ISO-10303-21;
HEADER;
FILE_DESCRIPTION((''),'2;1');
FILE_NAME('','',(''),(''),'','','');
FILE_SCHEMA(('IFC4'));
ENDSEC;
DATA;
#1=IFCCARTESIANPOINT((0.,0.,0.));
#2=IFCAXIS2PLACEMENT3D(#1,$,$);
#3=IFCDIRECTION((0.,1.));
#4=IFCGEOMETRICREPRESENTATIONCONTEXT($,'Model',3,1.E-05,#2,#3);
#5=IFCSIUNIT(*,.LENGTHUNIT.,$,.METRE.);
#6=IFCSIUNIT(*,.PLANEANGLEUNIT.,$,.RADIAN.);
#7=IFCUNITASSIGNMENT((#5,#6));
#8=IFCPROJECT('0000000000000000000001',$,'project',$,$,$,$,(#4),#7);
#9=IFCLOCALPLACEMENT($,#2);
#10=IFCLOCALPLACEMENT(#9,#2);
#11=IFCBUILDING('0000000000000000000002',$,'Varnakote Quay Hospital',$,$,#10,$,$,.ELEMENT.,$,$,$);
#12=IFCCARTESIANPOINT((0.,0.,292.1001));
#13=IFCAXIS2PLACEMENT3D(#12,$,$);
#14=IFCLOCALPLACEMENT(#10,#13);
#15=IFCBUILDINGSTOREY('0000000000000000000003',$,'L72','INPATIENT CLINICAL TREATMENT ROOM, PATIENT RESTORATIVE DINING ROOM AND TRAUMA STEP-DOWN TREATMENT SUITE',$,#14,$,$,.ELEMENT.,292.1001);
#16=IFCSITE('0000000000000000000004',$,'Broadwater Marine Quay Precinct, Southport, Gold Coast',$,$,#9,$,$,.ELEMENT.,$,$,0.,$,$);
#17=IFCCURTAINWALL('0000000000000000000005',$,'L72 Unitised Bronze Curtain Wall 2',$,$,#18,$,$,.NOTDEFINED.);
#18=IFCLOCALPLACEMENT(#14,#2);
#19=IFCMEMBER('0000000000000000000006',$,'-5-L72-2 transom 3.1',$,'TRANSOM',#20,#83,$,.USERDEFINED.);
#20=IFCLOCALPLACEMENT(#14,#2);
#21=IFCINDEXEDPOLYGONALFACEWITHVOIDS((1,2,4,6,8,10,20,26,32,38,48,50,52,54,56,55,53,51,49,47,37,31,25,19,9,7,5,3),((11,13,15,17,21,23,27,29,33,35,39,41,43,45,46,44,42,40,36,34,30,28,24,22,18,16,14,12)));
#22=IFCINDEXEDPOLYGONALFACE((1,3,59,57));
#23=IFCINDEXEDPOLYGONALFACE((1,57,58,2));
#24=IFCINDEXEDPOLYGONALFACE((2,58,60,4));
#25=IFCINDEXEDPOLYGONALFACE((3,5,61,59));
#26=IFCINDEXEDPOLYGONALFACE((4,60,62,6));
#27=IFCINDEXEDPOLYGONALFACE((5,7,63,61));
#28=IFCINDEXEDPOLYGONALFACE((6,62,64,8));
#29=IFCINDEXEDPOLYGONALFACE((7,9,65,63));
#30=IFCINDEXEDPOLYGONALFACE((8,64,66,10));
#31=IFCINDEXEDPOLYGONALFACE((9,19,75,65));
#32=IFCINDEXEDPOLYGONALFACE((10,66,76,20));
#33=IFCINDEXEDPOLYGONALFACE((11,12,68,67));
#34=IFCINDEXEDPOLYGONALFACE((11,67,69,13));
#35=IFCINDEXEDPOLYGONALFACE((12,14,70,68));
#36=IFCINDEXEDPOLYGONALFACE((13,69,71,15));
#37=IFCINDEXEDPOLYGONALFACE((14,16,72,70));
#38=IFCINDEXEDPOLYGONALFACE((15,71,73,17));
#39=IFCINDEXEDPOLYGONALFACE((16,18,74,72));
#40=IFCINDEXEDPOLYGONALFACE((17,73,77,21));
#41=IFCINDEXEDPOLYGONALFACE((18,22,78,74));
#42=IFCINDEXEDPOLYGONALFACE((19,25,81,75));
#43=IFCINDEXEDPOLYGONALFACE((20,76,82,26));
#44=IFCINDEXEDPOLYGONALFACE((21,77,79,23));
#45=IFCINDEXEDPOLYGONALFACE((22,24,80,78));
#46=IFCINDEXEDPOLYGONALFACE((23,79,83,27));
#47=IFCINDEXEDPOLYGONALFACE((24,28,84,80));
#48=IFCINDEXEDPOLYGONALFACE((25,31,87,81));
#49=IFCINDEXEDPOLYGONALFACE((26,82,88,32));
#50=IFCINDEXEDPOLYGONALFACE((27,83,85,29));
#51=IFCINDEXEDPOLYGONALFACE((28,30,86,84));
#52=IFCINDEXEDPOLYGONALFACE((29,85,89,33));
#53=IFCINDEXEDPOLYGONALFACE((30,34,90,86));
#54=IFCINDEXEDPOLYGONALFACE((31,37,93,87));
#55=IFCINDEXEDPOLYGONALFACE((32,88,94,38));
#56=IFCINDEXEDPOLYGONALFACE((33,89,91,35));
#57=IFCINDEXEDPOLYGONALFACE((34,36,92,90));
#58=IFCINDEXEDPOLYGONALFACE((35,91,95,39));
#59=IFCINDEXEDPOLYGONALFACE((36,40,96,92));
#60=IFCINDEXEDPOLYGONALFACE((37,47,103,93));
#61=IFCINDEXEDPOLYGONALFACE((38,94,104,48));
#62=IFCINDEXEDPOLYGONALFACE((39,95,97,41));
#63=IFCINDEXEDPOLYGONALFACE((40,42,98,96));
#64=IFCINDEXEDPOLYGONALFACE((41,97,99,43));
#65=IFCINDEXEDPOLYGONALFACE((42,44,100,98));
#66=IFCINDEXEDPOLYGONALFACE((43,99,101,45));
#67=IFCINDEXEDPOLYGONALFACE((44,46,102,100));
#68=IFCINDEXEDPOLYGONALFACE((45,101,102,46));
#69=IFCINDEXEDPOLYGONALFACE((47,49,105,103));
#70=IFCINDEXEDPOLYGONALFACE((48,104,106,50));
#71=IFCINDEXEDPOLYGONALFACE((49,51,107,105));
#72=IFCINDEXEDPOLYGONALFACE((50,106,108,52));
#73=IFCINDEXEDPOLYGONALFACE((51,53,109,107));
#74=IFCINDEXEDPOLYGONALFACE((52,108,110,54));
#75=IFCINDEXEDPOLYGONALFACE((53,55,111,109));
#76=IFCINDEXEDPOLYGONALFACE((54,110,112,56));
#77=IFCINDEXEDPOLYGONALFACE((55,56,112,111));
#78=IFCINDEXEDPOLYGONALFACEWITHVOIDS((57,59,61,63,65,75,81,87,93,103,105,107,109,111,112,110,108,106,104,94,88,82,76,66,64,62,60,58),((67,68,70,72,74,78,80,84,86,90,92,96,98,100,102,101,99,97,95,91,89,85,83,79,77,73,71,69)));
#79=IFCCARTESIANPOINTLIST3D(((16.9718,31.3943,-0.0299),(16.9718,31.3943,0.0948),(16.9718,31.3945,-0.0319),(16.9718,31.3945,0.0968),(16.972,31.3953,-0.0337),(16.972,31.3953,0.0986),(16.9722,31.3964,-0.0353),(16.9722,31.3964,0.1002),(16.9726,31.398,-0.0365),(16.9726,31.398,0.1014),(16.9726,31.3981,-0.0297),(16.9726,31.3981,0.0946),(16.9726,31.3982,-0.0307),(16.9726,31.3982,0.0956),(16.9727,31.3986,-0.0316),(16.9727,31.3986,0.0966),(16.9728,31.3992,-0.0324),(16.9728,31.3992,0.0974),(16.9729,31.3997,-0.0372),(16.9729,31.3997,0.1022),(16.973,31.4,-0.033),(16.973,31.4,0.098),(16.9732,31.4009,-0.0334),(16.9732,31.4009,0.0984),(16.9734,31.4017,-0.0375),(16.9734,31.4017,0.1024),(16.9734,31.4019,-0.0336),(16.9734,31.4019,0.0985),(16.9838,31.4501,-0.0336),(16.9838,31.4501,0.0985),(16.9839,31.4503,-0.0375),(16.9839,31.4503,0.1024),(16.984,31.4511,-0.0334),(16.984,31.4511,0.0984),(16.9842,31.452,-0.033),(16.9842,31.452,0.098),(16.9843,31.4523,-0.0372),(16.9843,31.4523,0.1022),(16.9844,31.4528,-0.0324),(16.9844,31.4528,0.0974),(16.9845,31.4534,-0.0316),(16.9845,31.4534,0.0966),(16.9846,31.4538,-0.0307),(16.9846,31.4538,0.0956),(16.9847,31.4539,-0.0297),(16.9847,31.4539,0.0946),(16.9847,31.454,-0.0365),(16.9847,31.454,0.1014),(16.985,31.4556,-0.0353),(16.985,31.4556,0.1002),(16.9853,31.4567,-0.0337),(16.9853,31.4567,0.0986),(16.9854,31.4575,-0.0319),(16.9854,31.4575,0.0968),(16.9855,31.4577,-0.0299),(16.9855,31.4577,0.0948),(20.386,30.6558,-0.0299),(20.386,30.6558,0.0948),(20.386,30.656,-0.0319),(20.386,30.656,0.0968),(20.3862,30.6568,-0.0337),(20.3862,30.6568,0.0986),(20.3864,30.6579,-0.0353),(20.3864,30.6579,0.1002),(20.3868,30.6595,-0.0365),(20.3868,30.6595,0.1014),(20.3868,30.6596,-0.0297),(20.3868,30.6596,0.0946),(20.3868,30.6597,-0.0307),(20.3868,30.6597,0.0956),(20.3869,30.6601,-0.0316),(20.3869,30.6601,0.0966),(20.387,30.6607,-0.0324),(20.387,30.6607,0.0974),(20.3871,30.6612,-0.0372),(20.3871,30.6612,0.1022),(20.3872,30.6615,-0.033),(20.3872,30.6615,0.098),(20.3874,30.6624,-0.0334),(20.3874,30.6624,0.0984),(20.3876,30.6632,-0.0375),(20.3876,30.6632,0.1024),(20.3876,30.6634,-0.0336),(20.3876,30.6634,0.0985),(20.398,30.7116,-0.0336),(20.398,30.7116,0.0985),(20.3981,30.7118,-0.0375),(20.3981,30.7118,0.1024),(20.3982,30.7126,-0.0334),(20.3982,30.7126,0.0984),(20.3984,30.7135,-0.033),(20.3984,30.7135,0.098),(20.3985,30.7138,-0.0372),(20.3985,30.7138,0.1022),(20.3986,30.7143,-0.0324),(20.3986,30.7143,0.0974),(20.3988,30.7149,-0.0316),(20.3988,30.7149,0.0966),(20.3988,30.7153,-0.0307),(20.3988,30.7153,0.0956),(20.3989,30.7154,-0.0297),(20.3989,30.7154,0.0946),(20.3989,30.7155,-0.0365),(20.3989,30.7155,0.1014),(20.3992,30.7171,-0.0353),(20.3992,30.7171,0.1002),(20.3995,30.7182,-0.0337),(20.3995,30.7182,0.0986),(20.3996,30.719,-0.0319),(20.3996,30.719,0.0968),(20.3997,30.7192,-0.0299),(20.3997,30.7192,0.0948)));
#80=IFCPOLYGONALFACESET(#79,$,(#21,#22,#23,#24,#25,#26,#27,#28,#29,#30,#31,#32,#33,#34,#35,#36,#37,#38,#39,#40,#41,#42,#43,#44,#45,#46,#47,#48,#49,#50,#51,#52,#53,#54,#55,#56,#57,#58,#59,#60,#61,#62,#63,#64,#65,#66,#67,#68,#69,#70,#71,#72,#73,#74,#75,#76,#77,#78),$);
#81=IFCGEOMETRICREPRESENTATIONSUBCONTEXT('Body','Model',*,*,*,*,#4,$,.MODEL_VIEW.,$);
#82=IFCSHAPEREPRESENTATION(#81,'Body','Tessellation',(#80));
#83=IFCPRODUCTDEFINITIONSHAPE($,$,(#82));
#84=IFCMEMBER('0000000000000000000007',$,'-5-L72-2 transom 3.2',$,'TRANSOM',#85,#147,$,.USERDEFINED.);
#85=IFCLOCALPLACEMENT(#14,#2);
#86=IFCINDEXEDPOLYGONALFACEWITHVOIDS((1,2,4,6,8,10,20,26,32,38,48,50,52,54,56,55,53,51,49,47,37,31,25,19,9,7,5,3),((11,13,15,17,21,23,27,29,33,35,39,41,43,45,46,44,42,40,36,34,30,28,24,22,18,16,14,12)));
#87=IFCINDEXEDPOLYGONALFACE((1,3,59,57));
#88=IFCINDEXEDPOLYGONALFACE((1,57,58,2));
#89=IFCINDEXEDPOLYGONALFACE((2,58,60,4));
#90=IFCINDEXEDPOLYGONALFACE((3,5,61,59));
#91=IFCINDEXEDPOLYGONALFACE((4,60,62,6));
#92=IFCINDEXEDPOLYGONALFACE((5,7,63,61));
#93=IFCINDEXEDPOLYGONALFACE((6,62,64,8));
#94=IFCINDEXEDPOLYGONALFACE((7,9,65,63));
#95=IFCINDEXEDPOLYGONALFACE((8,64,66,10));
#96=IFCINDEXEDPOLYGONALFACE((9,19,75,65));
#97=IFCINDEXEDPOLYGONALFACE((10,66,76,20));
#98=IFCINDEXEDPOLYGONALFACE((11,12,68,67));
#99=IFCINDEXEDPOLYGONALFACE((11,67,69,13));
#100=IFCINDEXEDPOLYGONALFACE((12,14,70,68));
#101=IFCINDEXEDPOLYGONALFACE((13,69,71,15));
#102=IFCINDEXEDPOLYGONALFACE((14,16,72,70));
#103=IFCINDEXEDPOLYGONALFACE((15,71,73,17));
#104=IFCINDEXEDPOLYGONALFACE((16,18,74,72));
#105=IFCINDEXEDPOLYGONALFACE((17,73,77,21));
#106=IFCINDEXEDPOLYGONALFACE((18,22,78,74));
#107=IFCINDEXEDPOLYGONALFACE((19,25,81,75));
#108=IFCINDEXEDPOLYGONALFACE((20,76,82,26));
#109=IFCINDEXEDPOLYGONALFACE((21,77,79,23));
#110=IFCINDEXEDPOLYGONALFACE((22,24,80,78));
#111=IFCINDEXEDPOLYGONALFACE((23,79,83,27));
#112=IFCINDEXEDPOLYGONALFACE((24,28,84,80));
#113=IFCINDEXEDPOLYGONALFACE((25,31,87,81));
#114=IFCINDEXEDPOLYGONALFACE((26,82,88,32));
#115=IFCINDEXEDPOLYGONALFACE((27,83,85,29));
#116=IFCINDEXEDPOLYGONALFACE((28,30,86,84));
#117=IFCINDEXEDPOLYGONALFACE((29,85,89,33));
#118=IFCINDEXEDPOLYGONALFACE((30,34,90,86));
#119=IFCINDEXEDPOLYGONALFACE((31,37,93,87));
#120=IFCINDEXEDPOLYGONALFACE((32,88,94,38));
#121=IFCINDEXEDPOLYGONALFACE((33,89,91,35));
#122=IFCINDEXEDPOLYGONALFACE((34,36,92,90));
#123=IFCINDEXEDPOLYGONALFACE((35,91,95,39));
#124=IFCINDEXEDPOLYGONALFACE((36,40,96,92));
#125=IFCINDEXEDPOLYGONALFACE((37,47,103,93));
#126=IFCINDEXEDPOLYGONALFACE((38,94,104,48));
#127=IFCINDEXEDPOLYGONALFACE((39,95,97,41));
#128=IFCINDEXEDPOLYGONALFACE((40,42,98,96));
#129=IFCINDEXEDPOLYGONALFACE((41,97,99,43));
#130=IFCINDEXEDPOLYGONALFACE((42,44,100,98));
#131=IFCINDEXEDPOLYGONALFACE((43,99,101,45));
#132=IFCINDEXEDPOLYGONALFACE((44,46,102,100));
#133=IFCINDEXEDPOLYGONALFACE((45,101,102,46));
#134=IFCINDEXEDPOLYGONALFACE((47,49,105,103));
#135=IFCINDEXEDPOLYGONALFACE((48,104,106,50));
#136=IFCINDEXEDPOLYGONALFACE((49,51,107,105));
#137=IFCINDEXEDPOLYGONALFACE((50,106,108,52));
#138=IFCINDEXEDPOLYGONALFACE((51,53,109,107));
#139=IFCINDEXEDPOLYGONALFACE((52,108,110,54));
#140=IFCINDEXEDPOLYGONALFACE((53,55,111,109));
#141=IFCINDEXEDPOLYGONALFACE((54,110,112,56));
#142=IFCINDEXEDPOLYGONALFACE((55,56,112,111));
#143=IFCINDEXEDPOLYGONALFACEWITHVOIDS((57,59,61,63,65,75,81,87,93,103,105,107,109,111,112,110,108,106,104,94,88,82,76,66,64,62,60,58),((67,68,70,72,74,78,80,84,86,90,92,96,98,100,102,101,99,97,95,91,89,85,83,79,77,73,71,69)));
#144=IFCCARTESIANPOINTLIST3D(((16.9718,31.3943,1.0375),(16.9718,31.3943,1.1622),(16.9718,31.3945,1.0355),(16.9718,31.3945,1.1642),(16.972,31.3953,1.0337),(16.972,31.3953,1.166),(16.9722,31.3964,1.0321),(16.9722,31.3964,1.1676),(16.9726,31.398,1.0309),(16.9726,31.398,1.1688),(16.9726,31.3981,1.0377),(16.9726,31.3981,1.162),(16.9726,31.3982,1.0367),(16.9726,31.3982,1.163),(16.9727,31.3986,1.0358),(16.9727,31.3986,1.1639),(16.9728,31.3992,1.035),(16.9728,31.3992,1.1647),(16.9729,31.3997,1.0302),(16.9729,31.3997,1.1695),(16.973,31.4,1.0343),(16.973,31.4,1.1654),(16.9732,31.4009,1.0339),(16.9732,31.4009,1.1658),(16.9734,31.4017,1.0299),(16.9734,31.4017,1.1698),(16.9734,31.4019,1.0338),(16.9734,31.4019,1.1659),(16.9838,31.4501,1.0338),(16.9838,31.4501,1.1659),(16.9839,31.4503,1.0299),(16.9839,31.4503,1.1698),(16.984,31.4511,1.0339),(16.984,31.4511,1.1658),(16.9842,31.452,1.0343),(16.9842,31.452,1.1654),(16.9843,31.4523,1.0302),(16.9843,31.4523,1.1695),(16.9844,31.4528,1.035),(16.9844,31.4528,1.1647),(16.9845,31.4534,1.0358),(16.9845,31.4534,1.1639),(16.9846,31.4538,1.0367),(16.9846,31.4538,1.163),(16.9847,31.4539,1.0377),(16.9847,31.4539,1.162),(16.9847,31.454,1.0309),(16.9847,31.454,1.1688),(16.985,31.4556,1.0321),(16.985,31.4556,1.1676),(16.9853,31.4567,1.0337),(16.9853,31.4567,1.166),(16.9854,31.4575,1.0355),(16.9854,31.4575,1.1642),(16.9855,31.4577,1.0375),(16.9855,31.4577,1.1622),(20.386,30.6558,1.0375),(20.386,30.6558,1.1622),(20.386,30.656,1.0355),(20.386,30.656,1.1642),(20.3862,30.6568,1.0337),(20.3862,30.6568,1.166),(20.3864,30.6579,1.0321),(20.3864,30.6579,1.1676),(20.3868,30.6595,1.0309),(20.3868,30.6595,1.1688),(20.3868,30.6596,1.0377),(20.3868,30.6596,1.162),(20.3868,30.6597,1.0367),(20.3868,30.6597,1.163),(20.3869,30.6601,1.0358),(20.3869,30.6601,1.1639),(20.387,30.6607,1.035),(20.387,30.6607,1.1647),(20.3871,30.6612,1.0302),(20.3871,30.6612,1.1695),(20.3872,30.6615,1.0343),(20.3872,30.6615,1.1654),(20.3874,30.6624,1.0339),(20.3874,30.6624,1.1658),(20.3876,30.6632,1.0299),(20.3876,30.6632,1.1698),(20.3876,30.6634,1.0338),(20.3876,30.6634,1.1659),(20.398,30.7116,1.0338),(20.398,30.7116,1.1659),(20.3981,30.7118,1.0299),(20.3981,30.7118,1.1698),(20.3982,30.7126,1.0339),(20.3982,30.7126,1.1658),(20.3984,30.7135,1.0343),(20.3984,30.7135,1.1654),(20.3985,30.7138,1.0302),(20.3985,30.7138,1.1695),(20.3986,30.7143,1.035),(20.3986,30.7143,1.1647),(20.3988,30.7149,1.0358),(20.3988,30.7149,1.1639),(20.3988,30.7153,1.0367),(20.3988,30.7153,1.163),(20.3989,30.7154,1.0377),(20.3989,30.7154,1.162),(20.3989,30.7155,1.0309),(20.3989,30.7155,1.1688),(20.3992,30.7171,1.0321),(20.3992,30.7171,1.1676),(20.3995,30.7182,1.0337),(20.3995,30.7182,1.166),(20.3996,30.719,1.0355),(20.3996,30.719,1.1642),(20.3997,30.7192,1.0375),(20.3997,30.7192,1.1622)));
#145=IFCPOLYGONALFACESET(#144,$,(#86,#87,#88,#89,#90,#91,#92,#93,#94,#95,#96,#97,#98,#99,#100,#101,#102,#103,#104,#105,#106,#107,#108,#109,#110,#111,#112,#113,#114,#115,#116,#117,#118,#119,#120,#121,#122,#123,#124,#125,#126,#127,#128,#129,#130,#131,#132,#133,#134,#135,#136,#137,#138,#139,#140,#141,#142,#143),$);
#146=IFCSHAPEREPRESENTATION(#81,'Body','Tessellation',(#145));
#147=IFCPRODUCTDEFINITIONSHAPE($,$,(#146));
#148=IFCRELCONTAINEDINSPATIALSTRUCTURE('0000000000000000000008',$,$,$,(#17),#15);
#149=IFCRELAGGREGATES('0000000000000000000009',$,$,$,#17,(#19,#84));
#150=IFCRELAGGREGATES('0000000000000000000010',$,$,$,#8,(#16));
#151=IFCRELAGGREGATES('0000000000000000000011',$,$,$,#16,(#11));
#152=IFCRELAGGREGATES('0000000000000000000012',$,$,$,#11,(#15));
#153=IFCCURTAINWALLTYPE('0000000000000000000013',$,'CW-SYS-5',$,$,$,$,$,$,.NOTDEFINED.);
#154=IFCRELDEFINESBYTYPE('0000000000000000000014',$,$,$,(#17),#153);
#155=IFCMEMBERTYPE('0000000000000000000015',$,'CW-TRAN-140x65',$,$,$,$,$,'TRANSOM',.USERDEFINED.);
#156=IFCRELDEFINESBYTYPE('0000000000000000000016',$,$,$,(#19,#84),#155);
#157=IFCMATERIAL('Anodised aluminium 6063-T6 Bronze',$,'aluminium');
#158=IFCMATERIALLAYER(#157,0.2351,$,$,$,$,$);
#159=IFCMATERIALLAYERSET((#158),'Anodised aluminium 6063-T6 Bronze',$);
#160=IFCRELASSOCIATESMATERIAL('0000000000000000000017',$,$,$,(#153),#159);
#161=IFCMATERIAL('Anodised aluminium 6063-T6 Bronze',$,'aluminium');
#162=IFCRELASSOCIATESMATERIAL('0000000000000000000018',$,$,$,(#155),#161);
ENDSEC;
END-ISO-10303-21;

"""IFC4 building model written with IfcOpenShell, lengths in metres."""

from ifc_helpers import new_model, si_unit, direction, frame, origin, origin_2d, place, context, subcontext, project, spatial, hollow_rectangle, extrude, material, layer, layer_set, material_profile, profile_set, type_object, element, aggregate, save


model = new_model("IFC4")

# Units and contexts
model_context = context("Model", 3, precision=1e-05, world=origin(), true_north=direction((0.0, 1.0)))
body_context = subcontext(model_context, "Body", "Model", "MODEL_VIEW")
ifc_project = project(units=[si_unit("LENGTHUNIT", "METRE"), si_unit("PLANEANGLEUNIT", "RADIAN")], contexts=[model_context])

# Site, building, storey
site_placement = place(None, origin())
site = spatial("IfcSite", under=ifc_project, at=site_placement, Name="Broadwater Marine Quay Precinct, Southport, Gold Coast", CompositionType="ELEMENT", RefElevation=0.0)
building_placement = place(site_placement, origin())
building = spatial("IfcBuilding", under=site, at=building_placement, Name="Varnakote Quay Hospital", CompositionType="ELEMENT")
storey_placement = place(building_placement, frame((0.0, 0.0, 292.1001)))
storey = spatial("IfcBuildingStorey", under=building, at=storey_placement, Name="L72", Description="INPATIENT CLINICAL TREATMENT ROOM, PATIENT RESTORATIVE DINING ROOM AND TRAUMA STEP-DOWN TREATMENT SUITE", CompositionType="ELEMENT", Elevation=292.1001)

# Shared definitions
ifc_material_1 = material(Name="Anodised aluminium 6063-T6 Bronze", Category="aluminium")
ifc_layer_1 = layer(ifc_material_1, 0.2351)
ifc_layer_set_1 = layer_set([ifc_layer_1], Name="Anodised aluminium 6063-T6 Bronze")
curtain_wall_type = type_object("IfcCurtainWallType", Name="CW-SYS-5", PredefinedType="NOTDEFINED", material=ifc_layer_set_1)

# Curtain wall, members
curtain_wall_1_placement = place(storey_placement, origin())
curtain_wall_1 = element("IfcCurtainWall", 1, at=curtain_wall_1_placement, inside=storey, type_object=curtain_wall_type, Name="L72 Unitised Bronze Curtain Wall 2", PredefinedType="NOTDEFINED")
ifc_material_2 = material(Name="Anodised aluminium 6063-T6 Bronze", Category="aluminium")
ifc_material_profile_1 = material_profile(ifc_material_2, hollow_rectangle(XDim=0.0649, YDim=0.1399, WallThickness=0.0039, InnerFilletRadius=0.0039, OuterFilletRadius=0.0076, at=origin_2d()), Name="CW-TRAN-140x65")
ifc_profile_set_1 = profile_set([ifc_material_profile_1], Name="Anodised aluminium 6063-T6 Bronze")
member_type_1 = type_object("IfcMemberType", Name="CW-TRAN-140x65", ElementType="TRANSOM", PredefinedType="USERDEFINED", material=ifc_profile_set_1)
member_1_placement = place(storey_placement, frame((20.3928, 30.6875, 0.0325), z_axis=(-0.977397, 0.211414, 0.0), x_axis=(-0.211414, -0.977397, 0.0)))
member_1 = element("IfcMember", 2, at=member_1_placement, type_object=member_type_1, Name="-5-L72-2 transom 3.1", ObjectType="TRANSOM", PredefinedType="USERDEFINED", context=body_context, shape_type="SweptSolid", body=[
    extrude(hollow_rectangle(XDim=0.0649, YDim=0.1399, WallThickness=0.0039, InnerFilletRadius=0.0039, OuterFilletRadius=0.0076, at=origin_2d()), origin(), (0.0, 0.0, 1.0), 3.4932),
])
member_2_placement = place(storey_placement, frame((20.3928, 30.6875, 1.0999), z_axis=(-0.977397, 0.211414, 0.0), x_axis=(-0.211414, -0.977397, 0.0)))
member_2 = element("IfcMember", 3, at=member_2_placement, type_object=member_type_1, Name="-5-L72-2 transom 3.2", ObjectType="TRANSOM", PredefinedType="USERDEFINED", context=body_context, shape_type="SweptSolid", body=[
    extrude(hollow_rectangle(XDim=0.0649, YDim=0.1399, WallThickness=0.0039, InnerFilletRadius=0.0039, OuterFilletRadius=0.0076, at=origin_2d()), origin(), (0.0, 0.0, 1.0), 3.4932),
])

aggregate(curtain_wall_1, [member_1, member_2])

save(model, "model.ifc")
